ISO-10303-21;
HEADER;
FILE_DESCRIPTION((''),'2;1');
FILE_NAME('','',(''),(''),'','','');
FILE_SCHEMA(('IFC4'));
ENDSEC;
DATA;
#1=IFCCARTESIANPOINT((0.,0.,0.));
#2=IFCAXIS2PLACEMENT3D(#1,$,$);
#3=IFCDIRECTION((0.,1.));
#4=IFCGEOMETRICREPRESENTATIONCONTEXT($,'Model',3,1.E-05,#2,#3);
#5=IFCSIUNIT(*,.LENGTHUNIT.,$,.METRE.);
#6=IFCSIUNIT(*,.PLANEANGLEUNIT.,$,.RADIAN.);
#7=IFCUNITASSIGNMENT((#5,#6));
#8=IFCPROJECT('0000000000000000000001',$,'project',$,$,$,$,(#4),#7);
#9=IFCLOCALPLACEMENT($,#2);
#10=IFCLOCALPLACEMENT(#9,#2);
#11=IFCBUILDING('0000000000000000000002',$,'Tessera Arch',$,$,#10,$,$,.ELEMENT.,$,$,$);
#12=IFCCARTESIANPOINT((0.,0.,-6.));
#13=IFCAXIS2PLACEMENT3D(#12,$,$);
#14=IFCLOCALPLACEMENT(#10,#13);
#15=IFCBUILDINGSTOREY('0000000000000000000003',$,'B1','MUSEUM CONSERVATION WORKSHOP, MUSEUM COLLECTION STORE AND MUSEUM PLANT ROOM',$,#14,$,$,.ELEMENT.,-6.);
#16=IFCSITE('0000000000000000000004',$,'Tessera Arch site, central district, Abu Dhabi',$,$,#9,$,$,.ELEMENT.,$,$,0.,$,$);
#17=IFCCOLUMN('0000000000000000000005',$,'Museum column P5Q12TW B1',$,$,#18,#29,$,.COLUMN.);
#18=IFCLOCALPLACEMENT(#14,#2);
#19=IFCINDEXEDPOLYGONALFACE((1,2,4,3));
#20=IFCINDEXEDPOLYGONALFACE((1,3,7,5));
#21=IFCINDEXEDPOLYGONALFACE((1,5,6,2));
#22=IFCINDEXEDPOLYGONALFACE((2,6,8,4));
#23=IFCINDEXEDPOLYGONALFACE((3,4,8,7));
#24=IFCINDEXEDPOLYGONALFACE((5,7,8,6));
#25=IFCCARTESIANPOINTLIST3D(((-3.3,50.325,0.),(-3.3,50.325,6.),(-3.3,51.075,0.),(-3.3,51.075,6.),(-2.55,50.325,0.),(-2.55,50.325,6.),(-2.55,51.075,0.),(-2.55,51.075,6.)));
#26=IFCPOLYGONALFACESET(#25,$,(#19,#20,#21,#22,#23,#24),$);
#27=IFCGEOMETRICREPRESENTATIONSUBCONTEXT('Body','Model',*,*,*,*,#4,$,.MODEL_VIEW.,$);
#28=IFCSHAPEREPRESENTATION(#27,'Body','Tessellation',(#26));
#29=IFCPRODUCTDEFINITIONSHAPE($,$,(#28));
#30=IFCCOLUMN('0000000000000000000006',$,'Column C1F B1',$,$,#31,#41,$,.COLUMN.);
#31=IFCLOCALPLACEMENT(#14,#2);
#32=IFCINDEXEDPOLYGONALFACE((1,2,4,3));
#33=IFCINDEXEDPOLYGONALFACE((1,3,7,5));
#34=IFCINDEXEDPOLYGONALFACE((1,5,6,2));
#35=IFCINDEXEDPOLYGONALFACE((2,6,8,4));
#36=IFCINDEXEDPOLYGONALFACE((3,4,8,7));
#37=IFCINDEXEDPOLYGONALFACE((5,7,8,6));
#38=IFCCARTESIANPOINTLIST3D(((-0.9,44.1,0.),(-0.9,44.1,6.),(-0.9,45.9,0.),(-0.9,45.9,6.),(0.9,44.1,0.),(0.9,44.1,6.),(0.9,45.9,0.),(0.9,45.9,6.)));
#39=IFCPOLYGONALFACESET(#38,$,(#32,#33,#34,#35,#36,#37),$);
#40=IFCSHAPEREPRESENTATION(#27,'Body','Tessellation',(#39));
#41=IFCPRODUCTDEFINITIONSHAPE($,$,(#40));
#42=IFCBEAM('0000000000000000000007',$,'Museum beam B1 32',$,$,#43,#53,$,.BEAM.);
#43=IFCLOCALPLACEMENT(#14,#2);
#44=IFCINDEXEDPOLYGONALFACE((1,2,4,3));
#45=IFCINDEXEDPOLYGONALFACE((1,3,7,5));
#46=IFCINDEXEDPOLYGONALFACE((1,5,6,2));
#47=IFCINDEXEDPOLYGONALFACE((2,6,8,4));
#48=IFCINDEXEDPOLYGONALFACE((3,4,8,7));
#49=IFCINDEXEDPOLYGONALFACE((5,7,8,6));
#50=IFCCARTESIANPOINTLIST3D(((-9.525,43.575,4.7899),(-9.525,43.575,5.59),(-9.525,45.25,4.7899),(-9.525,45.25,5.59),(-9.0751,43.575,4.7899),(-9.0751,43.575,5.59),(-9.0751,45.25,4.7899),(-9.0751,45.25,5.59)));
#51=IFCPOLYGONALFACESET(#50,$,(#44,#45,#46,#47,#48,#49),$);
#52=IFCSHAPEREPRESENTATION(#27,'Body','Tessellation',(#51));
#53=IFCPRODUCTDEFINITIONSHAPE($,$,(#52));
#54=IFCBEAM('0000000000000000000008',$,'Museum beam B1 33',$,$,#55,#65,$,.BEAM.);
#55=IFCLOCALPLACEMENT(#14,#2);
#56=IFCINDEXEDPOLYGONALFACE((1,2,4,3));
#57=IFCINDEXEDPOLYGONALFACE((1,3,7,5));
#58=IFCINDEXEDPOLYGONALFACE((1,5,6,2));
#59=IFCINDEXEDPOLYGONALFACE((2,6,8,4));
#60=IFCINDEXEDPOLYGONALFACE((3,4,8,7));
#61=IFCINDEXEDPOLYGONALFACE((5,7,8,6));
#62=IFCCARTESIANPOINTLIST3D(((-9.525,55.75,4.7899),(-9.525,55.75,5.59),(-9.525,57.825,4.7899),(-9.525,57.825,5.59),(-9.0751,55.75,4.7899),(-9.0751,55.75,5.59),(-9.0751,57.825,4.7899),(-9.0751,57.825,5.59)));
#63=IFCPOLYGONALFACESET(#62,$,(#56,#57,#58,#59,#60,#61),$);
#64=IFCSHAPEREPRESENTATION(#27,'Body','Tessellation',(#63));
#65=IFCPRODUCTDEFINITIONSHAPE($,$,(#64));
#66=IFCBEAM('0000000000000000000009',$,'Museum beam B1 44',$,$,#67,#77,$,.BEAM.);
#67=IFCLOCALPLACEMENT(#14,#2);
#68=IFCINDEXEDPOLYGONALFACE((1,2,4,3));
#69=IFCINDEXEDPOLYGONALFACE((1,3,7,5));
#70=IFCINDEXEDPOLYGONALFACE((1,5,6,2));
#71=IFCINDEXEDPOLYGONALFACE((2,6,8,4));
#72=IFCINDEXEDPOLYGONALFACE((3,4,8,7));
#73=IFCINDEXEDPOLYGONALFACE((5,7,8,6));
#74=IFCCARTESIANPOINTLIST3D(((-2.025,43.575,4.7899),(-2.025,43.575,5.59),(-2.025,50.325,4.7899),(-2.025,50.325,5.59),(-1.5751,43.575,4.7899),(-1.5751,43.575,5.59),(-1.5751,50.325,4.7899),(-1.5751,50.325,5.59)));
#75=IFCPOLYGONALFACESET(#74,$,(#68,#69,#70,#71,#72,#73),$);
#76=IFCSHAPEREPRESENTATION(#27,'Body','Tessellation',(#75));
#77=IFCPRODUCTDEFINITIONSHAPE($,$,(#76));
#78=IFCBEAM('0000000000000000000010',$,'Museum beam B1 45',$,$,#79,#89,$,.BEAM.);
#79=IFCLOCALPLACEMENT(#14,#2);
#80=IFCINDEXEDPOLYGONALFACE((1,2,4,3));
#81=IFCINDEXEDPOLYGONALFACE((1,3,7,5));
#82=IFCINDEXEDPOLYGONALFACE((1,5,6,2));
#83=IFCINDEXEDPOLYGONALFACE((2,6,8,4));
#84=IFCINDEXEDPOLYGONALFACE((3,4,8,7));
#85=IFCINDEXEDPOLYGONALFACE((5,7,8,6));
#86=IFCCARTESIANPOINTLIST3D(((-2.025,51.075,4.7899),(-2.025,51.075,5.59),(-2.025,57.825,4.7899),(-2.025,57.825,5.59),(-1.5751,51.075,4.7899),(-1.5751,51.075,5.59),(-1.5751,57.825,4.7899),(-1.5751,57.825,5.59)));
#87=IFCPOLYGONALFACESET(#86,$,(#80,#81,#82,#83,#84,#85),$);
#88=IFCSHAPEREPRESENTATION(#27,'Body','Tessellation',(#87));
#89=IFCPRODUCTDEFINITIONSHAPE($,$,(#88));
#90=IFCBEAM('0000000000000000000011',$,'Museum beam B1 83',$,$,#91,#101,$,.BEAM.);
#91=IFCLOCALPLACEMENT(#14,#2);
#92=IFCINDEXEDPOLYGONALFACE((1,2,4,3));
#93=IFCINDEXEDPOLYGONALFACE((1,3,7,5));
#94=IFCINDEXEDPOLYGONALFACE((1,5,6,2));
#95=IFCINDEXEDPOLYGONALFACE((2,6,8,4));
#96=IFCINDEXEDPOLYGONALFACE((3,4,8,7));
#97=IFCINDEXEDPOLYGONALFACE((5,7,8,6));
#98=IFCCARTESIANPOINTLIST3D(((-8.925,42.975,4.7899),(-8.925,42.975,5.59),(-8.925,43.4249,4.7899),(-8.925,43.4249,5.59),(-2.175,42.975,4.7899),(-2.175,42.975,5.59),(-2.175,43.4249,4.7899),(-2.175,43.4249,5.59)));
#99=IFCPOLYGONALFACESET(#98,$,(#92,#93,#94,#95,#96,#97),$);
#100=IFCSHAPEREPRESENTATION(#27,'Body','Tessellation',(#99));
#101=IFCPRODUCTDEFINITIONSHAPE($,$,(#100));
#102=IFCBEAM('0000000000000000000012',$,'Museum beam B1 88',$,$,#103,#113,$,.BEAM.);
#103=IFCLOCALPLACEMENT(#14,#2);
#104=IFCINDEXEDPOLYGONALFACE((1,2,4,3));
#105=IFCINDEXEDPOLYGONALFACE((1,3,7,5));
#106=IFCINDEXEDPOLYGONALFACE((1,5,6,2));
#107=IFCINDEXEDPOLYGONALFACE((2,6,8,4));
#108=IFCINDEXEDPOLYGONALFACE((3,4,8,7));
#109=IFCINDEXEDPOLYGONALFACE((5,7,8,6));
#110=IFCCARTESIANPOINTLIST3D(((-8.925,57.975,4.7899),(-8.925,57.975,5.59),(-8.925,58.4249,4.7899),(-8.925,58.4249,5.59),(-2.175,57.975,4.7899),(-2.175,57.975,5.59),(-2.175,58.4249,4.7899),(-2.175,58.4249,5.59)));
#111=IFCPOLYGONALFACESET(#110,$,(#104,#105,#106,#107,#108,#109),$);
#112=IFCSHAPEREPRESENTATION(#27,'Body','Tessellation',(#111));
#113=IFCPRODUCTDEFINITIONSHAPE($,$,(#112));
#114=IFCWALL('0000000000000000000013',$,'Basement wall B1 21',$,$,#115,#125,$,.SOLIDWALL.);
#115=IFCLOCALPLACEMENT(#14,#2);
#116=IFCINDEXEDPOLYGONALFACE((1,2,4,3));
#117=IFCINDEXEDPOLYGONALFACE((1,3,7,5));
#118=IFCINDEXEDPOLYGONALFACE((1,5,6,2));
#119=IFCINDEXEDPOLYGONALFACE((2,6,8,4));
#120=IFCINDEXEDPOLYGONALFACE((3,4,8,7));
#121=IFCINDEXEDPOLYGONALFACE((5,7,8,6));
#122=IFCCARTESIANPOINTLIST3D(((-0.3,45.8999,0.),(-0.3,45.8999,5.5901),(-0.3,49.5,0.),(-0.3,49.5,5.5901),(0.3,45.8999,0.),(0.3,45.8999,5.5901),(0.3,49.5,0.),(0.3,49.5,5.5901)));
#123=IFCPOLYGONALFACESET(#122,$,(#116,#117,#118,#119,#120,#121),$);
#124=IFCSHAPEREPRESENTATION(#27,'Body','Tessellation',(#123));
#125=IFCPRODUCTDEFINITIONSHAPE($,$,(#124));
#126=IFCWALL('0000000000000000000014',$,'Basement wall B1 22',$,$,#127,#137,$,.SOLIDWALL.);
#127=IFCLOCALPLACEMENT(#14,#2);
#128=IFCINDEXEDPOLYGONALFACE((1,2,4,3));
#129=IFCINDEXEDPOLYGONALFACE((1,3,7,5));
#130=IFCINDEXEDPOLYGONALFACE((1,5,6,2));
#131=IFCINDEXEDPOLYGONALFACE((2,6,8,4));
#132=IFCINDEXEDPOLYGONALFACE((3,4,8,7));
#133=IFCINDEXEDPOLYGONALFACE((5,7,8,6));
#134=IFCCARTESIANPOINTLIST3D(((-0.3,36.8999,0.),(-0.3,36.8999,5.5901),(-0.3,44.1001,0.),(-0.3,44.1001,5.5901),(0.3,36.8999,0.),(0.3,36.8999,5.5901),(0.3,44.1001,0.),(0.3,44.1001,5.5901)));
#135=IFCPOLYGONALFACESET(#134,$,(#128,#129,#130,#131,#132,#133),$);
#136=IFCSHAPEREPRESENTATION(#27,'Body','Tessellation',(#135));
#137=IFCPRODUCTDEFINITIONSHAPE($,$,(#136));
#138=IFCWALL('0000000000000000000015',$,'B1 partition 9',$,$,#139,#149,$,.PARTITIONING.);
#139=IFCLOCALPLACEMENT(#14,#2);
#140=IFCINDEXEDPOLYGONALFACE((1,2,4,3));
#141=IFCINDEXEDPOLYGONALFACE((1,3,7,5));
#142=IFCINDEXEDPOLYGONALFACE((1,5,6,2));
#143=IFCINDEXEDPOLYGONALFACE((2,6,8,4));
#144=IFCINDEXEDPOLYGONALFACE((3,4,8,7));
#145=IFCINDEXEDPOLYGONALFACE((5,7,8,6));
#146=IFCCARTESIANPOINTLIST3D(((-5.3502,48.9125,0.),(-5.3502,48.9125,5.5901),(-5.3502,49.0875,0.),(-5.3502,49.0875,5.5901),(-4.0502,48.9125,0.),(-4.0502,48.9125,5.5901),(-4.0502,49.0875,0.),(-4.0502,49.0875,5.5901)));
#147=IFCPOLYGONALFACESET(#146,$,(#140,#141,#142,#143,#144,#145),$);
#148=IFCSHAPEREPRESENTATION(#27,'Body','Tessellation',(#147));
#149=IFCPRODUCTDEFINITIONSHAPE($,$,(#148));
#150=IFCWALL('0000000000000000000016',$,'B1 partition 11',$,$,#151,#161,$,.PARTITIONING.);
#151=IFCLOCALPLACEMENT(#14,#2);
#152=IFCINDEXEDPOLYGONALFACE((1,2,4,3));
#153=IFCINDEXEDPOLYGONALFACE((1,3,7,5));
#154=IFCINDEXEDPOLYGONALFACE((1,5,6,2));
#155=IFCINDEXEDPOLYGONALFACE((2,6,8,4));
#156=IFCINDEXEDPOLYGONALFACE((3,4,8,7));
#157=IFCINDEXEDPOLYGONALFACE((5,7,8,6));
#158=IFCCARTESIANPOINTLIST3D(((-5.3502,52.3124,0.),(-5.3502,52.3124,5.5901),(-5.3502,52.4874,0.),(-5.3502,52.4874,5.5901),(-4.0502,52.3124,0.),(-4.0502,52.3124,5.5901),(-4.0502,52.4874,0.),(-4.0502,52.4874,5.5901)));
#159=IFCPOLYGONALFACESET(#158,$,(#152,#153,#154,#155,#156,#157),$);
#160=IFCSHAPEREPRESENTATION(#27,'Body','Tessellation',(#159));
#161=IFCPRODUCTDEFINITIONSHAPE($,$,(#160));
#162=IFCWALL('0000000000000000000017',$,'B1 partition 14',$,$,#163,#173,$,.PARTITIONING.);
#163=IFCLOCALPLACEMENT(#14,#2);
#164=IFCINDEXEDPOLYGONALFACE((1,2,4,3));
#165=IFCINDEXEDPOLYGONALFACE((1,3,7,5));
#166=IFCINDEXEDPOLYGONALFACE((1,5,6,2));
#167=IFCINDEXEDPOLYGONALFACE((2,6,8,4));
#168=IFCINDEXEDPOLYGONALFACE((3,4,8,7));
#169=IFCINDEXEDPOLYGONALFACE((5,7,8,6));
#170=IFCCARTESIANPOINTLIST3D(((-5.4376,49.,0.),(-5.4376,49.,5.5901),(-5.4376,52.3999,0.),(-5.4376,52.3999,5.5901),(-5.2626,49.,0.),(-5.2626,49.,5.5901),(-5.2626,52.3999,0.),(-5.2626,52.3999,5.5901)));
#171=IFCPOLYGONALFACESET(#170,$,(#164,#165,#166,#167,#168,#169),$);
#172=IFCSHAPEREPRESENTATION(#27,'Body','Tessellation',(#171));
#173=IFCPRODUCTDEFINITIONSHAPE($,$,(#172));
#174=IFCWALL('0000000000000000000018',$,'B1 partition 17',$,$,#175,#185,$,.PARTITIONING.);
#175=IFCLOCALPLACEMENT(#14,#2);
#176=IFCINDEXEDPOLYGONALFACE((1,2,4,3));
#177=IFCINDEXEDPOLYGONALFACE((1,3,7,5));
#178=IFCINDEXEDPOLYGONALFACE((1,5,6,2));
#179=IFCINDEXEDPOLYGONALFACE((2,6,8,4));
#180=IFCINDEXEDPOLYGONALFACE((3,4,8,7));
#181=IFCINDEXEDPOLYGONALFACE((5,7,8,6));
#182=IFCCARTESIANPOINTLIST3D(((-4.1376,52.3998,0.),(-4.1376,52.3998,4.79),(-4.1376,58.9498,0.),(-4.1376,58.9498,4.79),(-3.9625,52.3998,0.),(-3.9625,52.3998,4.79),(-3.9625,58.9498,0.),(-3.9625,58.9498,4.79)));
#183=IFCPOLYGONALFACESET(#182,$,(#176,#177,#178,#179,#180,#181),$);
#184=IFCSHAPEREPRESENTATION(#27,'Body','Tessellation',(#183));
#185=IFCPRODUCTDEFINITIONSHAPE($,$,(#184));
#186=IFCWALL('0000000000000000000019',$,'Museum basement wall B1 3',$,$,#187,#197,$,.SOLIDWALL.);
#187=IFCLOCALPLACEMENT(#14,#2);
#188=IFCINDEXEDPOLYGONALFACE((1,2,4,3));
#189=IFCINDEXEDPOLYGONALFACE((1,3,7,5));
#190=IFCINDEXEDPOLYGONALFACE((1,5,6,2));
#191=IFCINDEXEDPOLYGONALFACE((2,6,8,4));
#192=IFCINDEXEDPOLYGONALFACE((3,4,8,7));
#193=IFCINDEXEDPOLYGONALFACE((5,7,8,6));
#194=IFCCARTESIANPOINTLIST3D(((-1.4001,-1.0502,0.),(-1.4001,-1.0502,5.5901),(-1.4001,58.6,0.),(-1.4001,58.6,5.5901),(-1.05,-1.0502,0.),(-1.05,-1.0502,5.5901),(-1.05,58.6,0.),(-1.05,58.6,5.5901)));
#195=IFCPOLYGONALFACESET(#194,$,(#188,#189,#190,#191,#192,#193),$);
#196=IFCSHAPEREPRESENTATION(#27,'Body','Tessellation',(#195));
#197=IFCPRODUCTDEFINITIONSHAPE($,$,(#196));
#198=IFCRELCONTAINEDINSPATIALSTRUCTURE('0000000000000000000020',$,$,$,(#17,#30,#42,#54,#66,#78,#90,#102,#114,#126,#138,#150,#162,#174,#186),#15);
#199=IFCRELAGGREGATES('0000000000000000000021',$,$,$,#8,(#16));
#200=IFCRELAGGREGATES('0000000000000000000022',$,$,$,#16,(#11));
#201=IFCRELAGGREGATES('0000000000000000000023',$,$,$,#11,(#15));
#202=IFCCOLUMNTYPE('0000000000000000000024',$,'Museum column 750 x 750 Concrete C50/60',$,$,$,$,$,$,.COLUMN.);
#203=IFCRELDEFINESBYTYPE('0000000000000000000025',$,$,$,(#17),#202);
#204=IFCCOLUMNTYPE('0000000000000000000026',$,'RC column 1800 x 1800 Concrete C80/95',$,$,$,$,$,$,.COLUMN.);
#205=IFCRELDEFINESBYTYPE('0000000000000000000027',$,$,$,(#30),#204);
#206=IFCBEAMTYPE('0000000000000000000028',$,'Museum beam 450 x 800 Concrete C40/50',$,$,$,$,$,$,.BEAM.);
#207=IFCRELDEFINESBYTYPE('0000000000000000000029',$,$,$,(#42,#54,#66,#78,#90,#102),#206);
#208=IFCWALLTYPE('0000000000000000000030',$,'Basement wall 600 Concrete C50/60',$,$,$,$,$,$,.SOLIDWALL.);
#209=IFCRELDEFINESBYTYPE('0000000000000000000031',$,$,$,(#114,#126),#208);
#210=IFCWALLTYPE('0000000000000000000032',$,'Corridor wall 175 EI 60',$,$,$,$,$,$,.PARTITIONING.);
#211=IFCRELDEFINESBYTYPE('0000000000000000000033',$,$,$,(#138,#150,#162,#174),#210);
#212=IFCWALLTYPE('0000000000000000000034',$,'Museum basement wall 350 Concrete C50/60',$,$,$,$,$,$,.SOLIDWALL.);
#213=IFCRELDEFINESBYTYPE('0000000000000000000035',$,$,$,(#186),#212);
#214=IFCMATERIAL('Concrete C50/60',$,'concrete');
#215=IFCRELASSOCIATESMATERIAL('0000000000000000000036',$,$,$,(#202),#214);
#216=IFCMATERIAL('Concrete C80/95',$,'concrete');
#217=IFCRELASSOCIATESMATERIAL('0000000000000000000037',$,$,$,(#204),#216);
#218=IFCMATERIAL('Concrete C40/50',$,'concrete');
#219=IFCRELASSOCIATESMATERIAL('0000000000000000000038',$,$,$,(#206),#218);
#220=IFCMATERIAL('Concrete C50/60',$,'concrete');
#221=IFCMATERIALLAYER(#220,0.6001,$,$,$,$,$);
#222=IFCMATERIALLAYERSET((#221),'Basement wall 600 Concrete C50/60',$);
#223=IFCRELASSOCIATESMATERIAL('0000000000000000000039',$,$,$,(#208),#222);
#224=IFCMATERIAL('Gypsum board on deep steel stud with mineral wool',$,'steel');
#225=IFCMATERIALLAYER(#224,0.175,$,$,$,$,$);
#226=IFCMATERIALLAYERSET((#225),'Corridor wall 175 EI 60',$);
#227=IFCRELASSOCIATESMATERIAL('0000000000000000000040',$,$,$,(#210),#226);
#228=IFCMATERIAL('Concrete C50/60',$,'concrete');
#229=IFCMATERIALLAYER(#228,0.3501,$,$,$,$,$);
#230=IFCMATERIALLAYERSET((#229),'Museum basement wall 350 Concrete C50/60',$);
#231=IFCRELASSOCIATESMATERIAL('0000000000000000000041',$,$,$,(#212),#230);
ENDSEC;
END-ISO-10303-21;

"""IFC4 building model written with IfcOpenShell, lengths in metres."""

from ifc_helpers import new_model, si_unit, direction, frame, frame_2d, origin, origin_2d, place, context, subcontext, project, spatial, rectangle, extrude, material, layer, layer_set, material_profile, profile_set, type_object, element, save


model = new_model("IFC4")

# Units and contexts
model_context = context("Model", 3, precision=1e-05, world=origin(), true_north=direction((0.0, 1.0)))
body_context = subcontext(model_context, "Body", "Model", "MODEL_VIEW")
ifc_project = project(units=[si_unit("LENGTHUNIT", "METRE"), si_unit("PLANEANGLEUNIT", "RADIAN")], contexts=[model_context])

# Site, building, storey
site_placement = place(None, origin())
site = spatial("IfcSite", under=ifc_project, at=site_placement, Name="Tessera Arch site, central district, Abu Dhabi", CompositionType="ELEMENT", RefElevation=0.0)
building_placement = place(site_placement, origin())
building = spatial("IfcBuilding", under=site, at=building_placement, Name="Tessera Arch", CompositionType="ELEMENT")
storey_placement = place(building_placement, frame((0.0, 0.0, -6.0)))
storey = spatial("IfcBuildingStorey", under=building, at=storey_placement, Name="B1", Description="MUSEUM CONSERVATION WORKSHOP, MUSEUM COLLECTION STORE AND MUSEUM PLANT ROOM", CompositionType="ELEMENT", Elevation=-6.0)

# Columns
ifc_material_1 = material(Name="Concrete C50/60", Category="concrete")
ifc_material_profile_1 = material_profile(ifc_material_1, rectangle(XDim=0.75, YDim=0.75, at=origin_2d()), Name="Museum column 750 x 750 Concrete C50/60")
ifc_profile_set_1 = profile_set([ifc_material_profile_1], Name="Concrete C50/60")
column_type_1 = type_object("IfcColumnType", Name="Museum column 750 x 750 Concrete C50/60", PredefinedType="COLUMN", material=ifc_profile_set_1)
for number, where, z_axis, x_axis, name in (
    (1, (-2.925, 50.7, 0.0), (0.0, 0.0, 1.0), (1.0, 0.0, 0.0), "Museum column P5Q12TW B1"),
):
    element("IfcColumn", number, at=place(storey_placement, frame(where, z_axis=z_axis, x_axis=x_axis)), inside=storey, type_object=column_type_1, Name=name, PredefinedType="COLUMN", context=body_context, shape_type="SweptSolid", body=[
        extrude(rectangle(XDim=0.75, YDim=0.75, at=origin_2d()), origin(), (0.0, 0.0, 1.0), 6.0),
    ])
ifc_material_2 = material(Name="Concrete C80/95", Category="concrete")
ifc_material_profile_2 = material_profile(ifc_material_2, rectangle(XDim=1.8, YDim=1.8, at=origin_2d()), Name="RC column 1800 x 1800 Concrete C80/95")
ifc_profile_set_2 = profile_set([ifc_material_profile_2], Name="Concrete C80/95")
column_type_2 = type_object("IfcColumnType", Name="RC column 1800 x 1800 Concrete C80/95", PredefinedType="COLUMN", material=ifc_profile_set_2)
column_placement = place(storey_placement, frame((0.0, 45.0, 0.0), z_axis=(0.0, 0.0, 1.0), x_axis=(1.0, 0.0, 0.0)))
element("IfcColumn", 2, at=column_placement, inside=storey, type_object=column_type_2, Name="Column C1F B1", PredefinedType="COLUMN", context=body_context, shape_type="SweptSolid", body=[
    extrude(rectangle(XDim=1.8, YDim=1.8, at=origin_2d()), origin(), (0.0, 0.0, 1.0), 6.0),
])

# Beams
ifc_material_3 = material(Name="Concrete C40/50", Category="concrete")
ifc_material_profile_3 = material_profile(ifc_material_3, rectangle(XDim=0.45, YDim=0.8, at=origin_2d()), Name="Museum beam 450 x 800 Concrete C40/50")
ifc_profile_set_3 = profile_set([ifc_material_profile_3], Name="Concrete C40/50")
beam_type = type_object("IfcBeamType", Name="Museum beam 450 x 800 Concrete C40/50", PredefinedType="BEAM", material=ifc_profile_set_3)
beam_1_placement = place(storey_placement, frame((-9.3, 43.575, 5.1899), z_axis=(0.0, 1.0, 0.0), x_axis=(-1.0, 0.0, 0.0)))
element("IfcBeam", 3, at=beam_1_placement, inside=storey, type_object=beam_type, Name="Museum beam B1 32", PredefinedType="BEAM", context=body_context, shape_type="SweptSolid", body=[
    extrude(rectangle(XDim=0.45, YDim=0.8, at=origin_2d()), origin(), (0.0, 0.0, 1.0), 1.675),
])
beam_2_placement = place(storey_placement, frame((-9.3, 55.75, 5.1899), z_axis=(0.0, 1.0, 0.0), x_axis=(-1.0, 0.0, 0.0)))
element("IfcBeam", 4, at=beam_2_placement, inside=storey, type_object=beam_type, Name="Museum beam B1 33", PredefinedType="BEAM", context=body_context, shape_type="SweptSolid", body=[
    extrude(rectangle(XDim=0.45, YDim=0.8, at=origin_2d()), origin(), (0.0, 0.0, 1.0), 2.075),
])
for number, where, z_axis, x_axis, name in (
    (5, (-1.8, 43.575, 5.1899), (0.0, 1.0, 0.0), (-1.0, 0.0, 0.0), "Museum beam B1 44"),
    (6, (-1.8, 51.075, 5.1899), (0.0, 1.0, 0.0), (-1.0, 0.0, 0.0), "Museum beam B1 45"),
    (7, (-8.925, 43.2, 5.1899), (1.0, 0.0, 0.0), (0.0, 1.0, 0.0), "Museum beam B1 83"),
    (8, (-8.925, 58.2, 5.1899), (1.0, 0.0, 0.0), (0.0, 1.0, 0.0), "Museum beam B1 88"),
):
    element("IfcBeam", number, at=place(storey_placement, frame(where, z_axis=z_axis, x_axis=x_axis)), inside=storey, type_object=beam_type, Name=name, PredefinedType="BEAM", context=body_context, shape_type="SweptSolid", body=[
        extrude(rectangle(XDim=0.45, YDim=0.8, at=origin_2d()), origin(), (0.0, 0.0, 1.0), 6.75),
    ])

# Walls
ifc_material_4 = material(Name="Concrete C50/60", Category="concrete")
ifc_layer_1 = layer(ifc_material_4, 0.6001)
ifc_layer_set_1 = layer_set([ifc_layer_1], Name="Basement wall 600 Concrete C50/60")
wall_type_1 = type_object("IfcWallType", Name="Basement wall 600 Concrete C50/60", PredefinedType="SOLIDWALL", material=ifc_layer_set_1)
wall_1_placement = place(storey_placement, frame((0.0, 49.5, 0.0), z_axis=(0.0, 0.0, 1.0), x_axis=(0.0, -1.0, 0.0)))
element("IfcWall", 9, at=wall_1_placement, inside=storey, type_object=wall_type_1, Name="Basement wall B1 21", PredefinedType="SOLIDWALL", context=body_context, shape_type="SweptSolid", body=[
    extrude(rectangle(XDim=3.6001, YDim=0.6001, at=frame_2d((1.8, 0.0))), origin(), (0.0, 0.0, 1.0), 5.5901),
])
wall_2_placement = place(storey_placement, frame((0.0, 44.1001, 0.0), z_axis=(0.0, 0.0, 1.0), x_axis=(0.0, -1.0, 0.0)))
element("IfcWall", 10, at=wall_2_placement, inside=storey, type_object=wall_type_1, Name="Basement wall B1 22", PredefinedType="SOLIDWALL", context=body_context, shape_type="SweptSolid", body=[
    extrude(rectangle(XDim=7.2002, YDim=0.6001, at=frame_2d((3.6001, 0.0))), origin(), (0.0, 0.0, 1.0), 5.5901),
])
ifc_material_5 = material(Name="Gypsum board on deep steel stud with mineral wool", Category="steel")
ifc_layer_2 = layer(ifc_material_5, 0.175)
ifc_layer_set_2 = layer_set([ifc_layer_2], Name="Corridor wall 175 EI 60")
wall_type_2 = type_object("IfcWallType", Name="Corridor wall 175 EI 60", PredefinedType="PARTITIONING", material=ifc_layer_set_2)
for number, where, z_axis, x_axis, name in (
    (11, (-5.3501, 49.0, 0.0), (0.0, 0.0, 1.0), (1.0, 0.0, 0.0), "B1 partition 9"),
    (12, (-5.3501, 52.3999, 0.0), (0.0, 0.0, 1.0), (1.0, 0.0, 0.0), "B1 partition 11"),
):
    element("IfcWall", number, at=place(storey_placement, frame(where, z_axis=z_axis, x_axis=x_axis)), inside=storey, type_object=wall_type_2, Name=name, PredefinedType="PARTITIONING", context=body_context, shape_type="SweptSolid", body=[
        extrude(rectangle(XDim=1.3, YDim=0.175, at=frame_2d((0.6499, 0.0))), origin(), (0.0, 0.0, 1.0), 5.5901),
    ])
wall_3_placement = place(storey_placement, frame((-5.3501, 49.0, 0.0), z_axis=(0.0, 0.0, 1.0), x_axis=(0.0, 1.0, 0.0)))
element("IfcWall", 13, at=wall_3_placement, inside=storey, type_object=wall_type_2, Name="B1 partition 14", PredefinedType="PARTITIONING", context=body_context, shape_type="SweptSolid", body=[
    extrude(rectangle(XDim=3.3999, YDim=0.175, at=frame_2d((1.7, 0.0))), origin(), (0.0, 0.0, 1.0), 5.5901),
])
wall_4_placement = place(storey_placement, frame((-4.05, 52.3999, 0.0), z_axis=(0.0, 0.0, 1.0), x_axis=(0.0, 1.0, 0.0)))
element("IfcWall", 14, at=wall_4_placement, inside=storey, type_object=wall_type_2, Name="B1 partition 17", PredefinedType="PARTITIONING", context=body_context, shape_type="SweptSolid", body=[
    extrude(rectangle(XDim=6.55, YDim=0.175, at=frame_2d((3.2749, 0.0))), origin(), (0.0, 0.0, 1.0), 4.79),
])
ifc_material_6 = material(Name="Concrete C50/60", Category="concrete")
ifc_layer_3 = layer(ifc_material_6, 0.3501)
ifc_layer_set_3 = layer_set([ifc_layer_3], Name="Museum basement wall 350 Concrete C50/60")
wall_type_3 = type_object("IfcWallType", Name="Museum basement wall 350 Concrete C50/60", PredefinedType="SOLIDWALL", material=ifc_layer_set_3)
wall_5_placement = place(storey_placement, frame((-1.2251, 58.6001, 0.0), z_axis=(0.0, 0.0, 1.0), x_axis=(0.0, -1.0, 0.0)))
element("IfcWall", 15, at=wall_5_placement, inside=storey, type_object=wall_type_3, Name="Museum basement wall B1 3", PredefinedType="SOLIDWALL", context=body_context, shape_type="SweptSolid", body=[
    extrude(rectangle(XDim=59.6501, YDim=0.3501, at=frame_2d((29.8252, 0.0))), origin(), (0.0, 0.0, 1.0), 5.5901),
])

save(model, "model.ifc")
